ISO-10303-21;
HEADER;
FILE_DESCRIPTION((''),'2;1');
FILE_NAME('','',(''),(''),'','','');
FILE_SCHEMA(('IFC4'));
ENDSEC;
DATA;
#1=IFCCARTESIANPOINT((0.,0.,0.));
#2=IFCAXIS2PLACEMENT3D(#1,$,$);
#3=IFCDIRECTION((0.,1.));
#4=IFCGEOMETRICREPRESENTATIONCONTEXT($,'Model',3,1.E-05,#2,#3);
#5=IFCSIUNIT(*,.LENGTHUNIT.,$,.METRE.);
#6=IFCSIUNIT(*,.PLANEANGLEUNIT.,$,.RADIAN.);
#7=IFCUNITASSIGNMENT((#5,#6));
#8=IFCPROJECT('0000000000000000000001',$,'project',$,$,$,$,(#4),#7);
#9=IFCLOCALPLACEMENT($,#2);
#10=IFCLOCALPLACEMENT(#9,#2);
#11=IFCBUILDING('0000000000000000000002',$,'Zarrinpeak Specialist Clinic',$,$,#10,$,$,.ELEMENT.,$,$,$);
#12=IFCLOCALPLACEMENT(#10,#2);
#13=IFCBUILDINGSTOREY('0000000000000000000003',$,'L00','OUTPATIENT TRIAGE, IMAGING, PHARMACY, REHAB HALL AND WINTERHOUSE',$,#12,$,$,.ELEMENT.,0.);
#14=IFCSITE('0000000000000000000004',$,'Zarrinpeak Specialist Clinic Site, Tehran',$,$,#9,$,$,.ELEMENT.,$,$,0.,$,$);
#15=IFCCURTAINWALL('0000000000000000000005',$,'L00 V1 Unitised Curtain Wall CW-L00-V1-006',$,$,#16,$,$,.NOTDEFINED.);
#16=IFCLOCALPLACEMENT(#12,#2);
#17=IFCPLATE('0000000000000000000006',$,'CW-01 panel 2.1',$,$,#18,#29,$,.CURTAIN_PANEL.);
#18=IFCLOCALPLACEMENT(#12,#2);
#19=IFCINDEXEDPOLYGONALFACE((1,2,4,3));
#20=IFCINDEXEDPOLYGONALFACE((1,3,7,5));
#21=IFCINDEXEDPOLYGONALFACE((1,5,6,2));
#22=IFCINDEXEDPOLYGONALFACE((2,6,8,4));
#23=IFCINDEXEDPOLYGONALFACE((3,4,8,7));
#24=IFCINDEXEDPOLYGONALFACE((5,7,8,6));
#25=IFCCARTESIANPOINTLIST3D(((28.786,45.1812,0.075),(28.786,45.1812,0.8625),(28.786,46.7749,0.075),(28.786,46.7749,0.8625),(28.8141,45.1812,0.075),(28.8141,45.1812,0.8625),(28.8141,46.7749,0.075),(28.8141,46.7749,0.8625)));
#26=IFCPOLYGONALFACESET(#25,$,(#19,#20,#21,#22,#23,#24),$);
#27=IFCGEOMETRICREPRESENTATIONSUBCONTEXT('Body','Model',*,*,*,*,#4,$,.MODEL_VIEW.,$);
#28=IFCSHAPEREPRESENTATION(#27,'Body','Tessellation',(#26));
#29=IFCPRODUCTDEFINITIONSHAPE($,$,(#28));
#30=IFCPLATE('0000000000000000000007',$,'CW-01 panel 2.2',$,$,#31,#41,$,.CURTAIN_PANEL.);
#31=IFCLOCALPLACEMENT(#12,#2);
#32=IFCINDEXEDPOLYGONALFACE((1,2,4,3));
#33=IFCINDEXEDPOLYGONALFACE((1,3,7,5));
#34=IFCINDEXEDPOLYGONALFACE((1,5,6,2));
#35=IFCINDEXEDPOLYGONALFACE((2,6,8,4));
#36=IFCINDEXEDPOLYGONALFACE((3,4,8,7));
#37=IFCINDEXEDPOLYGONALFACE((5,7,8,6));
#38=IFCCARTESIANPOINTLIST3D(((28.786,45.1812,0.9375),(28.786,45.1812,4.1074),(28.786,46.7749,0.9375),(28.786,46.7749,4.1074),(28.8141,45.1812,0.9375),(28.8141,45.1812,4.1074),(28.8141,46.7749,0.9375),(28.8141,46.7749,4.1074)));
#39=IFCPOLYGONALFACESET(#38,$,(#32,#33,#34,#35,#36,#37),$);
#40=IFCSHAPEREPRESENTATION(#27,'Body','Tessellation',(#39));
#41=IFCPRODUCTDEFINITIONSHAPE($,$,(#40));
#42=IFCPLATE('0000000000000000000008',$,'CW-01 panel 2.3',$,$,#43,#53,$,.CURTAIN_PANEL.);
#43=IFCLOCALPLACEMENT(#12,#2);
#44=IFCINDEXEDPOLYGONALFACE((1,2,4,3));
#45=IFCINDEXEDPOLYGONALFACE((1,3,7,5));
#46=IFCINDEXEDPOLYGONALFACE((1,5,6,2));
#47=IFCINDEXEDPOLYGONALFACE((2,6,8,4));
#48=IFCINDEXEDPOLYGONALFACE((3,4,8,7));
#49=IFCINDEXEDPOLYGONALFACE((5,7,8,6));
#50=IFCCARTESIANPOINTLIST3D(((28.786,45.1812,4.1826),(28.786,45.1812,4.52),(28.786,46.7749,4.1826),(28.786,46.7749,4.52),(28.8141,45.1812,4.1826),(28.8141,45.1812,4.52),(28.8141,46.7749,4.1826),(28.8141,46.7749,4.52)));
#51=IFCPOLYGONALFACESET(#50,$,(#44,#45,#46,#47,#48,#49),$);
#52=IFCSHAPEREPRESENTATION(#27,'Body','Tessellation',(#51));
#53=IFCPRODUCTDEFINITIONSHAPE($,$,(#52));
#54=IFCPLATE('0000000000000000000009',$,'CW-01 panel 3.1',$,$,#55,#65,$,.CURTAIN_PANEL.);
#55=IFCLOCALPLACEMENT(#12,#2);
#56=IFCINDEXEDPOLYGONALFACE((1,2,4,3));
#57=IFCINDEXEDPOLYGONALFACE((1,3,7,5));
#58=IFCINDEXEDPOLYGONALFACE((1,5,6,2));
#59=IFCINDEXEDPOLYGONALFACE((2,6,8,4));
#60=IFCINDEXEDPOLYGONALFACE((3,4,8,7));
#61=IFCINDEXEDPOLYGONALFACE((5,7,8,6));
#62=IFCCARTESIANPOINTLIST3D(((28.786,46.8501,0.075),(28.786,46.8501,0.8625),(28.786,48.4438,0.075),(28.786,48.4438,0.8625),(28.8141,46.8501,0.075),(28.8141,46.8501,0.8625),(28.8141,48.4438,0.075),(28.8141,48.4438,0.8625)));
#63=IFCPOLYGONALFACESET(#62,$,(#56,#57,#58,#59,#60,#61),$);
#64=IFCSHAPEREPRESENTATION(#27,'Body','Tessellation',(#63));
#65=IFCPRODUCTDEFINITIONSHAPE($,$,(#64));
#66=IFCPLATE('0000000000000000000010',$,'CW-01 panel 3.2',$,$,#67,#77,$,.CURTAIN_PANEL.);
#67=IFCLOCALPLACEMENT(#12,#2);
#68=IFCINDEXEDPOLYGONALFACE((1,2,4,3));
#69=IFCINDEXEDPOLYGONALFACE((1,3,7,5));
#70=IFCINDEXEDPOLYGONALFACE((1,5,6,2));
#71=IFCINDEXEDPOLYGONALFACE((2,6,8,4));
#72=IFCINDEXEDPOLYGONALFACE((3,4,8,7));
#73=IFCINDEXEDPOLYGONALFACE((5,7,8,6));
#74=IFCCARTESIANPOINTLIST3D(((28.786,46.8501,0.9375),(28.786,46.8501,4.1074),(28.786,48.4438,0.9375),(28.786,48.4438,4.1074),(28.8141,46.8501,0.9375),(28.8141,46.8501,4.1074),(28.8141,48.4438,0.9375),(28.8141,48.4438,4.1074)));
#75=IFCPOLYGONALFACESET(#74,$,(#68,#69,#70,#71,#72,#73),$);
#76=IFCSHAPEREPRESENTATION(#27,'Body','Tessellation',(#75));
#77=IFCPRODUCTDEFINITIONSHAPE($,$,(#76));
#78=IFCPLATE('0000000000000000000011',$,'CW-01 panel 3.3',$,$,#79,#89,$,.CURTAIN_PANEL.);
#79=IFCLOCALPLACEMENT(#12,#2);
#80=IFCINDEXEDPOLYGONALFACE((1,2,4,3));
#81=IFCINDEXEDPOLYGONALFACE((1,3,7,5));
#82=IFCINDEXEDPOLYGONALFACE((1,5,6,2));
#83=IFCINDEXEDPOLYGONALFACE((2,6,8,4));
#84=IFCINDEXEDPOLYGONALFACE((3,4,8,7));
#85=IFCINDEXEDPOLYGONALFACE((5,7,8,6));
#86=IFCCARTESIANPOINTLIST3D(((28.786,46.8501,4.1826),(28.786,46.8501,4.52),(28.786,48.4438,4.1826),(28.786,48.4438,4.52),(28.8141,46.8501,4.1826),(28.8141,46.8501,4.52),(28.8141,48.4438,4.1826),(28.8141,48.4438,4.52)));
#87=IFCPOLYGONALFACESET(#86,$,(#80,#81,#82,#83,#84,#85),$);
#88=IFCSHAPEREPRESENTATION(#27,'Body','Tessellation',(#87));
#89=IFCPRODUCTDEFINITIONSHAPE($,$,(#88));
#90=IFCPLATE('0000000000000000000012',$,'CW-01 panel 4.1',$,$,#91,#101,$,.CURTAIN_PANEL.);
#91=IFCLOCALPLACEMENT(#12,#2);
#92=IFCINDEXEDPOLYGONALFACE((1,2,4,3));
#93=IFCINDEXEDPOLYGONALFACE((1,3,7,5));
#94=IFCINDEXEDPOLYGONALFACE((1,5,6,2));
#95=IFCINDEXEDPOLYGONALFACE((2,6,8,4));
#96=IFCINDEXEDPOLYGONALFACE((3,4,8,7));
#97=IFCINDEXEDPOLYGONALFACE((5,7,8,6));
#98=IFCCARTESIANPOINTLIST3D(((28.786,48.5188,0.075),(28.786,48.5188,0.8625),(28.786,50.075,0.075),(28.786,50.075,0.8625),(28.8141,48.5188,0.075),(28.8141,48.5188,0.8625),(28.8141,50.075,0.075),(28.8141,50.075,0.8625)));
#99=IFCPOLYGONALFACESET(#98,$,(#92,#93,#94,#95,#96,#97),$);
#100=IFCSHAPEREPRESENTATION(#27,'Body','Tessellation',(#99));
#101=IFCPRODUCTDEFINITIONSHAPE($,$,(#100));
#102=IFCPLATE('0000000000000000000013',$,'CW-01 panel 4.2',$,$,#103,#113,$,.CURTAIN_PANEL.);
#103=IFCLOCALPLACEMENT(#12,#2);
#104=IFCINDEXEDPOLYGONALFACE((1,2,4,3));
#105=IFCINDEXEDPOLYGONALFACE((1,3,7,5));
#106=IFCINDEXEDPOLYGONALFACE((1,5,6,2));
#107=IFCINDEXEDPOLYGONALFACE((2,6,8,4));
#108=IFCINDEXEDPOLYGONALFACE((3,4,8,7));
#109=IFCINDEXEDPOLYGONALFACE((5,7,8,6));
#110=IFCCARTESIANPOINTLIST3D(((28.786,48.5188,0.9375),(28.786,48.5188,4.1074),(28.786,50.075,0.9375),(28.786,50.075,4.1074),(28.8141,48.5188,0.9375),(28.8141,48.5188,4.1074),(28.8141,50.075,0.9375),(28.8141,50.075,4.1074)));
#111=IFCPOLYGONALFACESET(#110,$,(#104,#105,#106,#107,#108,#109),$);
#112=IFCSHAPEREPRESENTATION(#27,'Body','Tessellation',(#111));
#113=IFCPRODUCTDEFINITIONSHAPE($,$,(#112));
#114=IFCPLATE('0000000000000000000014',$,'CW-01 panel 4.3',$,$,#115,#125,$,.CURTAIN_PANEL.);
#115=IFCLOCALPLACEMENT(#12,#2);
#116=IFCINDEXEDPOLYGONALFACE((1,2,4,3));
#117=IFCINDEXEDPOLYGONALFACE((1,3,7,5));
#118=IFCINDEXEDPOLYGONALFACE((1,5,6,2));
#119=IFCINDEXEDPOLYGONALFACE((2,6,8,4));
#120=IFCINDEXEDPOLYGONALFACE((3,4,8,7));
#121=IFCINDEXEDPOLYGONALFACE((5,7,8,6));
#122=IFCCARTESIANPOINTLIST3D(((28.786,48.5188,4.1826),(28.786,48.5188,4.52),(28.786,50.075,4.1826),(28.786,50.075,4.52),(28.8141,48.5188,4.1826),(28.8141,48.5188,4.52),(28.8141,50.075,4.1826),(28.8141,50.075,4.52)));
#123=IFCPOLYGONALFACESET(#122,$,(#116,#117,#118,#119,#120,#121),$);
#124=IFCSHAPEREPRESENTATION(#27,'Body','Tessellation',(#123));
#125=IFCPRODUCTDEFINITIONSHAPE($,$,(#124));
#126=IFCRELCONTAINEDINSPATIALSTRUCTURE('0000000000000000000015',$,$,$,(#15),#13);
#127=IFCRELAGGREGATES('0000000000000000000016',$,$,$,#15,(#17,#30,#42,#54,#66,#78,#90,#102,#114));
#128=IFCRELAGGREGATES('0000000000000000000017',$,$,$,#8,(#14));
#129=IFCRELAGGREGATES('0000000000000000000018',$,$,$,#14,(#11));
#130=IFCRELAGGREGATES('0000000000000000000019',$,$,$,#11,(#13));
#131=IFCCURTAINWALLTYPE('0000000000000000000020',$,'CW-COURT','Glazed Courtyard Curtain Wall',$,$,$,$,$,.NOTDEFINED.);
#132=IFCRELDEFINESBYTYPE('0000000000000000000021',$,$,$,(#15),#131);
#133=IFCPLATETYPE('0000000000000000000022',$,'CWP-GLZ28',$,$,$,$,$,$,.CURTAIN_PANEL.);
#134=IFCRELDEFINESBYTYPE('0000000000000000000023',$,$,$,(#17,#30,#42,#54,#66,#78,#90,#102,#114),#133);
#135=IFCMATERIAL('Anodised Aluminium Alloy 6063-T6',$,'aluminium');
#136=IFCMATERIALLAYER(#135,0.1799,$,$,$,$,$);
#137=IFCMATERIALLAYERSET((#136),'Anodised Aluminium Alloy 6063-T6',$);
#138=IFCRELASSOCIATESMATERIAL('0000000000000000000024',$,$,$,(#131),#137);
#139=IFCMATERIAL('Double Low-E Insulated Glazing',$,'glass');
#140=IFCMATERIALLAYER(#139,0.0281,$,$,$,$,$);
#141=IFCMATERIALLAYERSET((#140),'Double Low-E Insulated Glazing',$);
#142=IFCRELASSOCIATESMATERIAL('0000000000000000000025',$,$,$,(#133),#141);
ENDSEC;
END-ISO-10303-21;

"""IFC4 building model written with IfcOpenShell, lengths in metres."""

from ifc_helpers import new_model, si_unit, direction, frame, origin, origin_2d, place, context, subcontext, project, spatial, rectangle, extrude, material, layer, layer_set, type_object, element, aggregate, save


model = new_model("IFC4")

# Units and contexts
model_context = context("Model", 3, precision=1e-05, world=origin(), true_north=direction((0.0, 1.0)))
body_context = subcontext(model_context, "Body", "Model", "MODEL_VIEW")
ifc_project = project(units=[si_unit("LENGTHUNIT", "METRE"), si_unit("PLANEANGLEUNIT", "RADIAN")], contexts=[model_context])

# Site, building, storey
site_placement = place(None, origin())
site = spatial("IfcSite", under=ifc_project, at=site_placement, Name="Zarrinpeak Specialist Clinic Site, Tehran", CompositionType="ELEMENT", RefElevation=0.0)
building_placement = place(site_placement, origin())
building = spatial("IfcBuilding", under=site, at=building_placement, Name="Zarrinpeak Specialist Clinic", CompositionType="ELEMENT")
storey_placement = place(building_placement, origin())
storey = spatial("IfcBuildingStorey", under=building, at=storey_placement, Name="L00", Description="OUTPATIENT TRIAGE, IMAGING, PHARMACY, REHAB HALL AND WINTERHOUSE", CompositionType="ELEMENT", Elevation=0.0)

# Curtain wall, plates
ifc_material_1 = material(Name="Anodised Aluminium Alloy 6063-T6", Category="aluminium")
ifc_layer_1 = layer(ifc_material_1, 0.1799)
ifc_layer_set_1 = layer_set([ifc_layer_1], Name="Anodised Aluminium Alloy 6063-T6")
curtain_wall_type = type_object("IfcCurtainWallType", Name="CW-COURT", Description="Glazed Courtyard Curtain Wall", PredefinedType="NOTDEFINED", material=ifc_layer_set_1)
curtain_wall_placement = place(storey_placement, origin())
curtain_wall = element("IfcCurtainWall", 1, at=curtain_wall_placement, inside=storey, type_object=curtain_wall_type, Name="L00 V1 Unitised Curtain Wall CW-L00-V1-006", PredefinedType="NOTDEFINED")
ifc_material_2 = material(Name="Double Low-E Insulated Glazing", Category="glass")
ifc_layer_2 = layer(ifc_material_2, 0.0281)
ifc_layer_set_2 = layer_set([ifc_layer_2], Name="Double Low-E Insulated Glazing")
plate_type = type_object("IfcPlateType", Name="CWP-GLZ28", PredefinedType="CURTAIN_PANEL", material=ifc_layer_set_2)
plate_1_placement = place(storey_placement, frame((28.8, 45.978, 0.075), z_axis=(0.0, 0.0, 1.0), x_axis=(0.0, 1.0, 0.0)))
plate_1 = element("IfcPlate", 2, at=plate_1_placement, type_object=plate_type, Name="CW-01 panel 2.1", PredefinedType="CURTAIN_PANEL", context=body_context, shape_type="SweptSolid", body=[
    extrude(rectangle(XDim=1.5938, YDim=0.0281, at=origin_2d()), origin(), (0.0, 0.0, 1.0), 0.7876),
])
plate_2_placement = place(storey_placement, frame((28.8, 45.978, 0.9375), z_axis=(0.0, 0.0, 1.0), x_axis=(0.0, 1.0, 0.0)))
plate_2 = element("IfcPlate", 3, at=plate_2_placement, type_object=plate_type, Name="CW-01 panel 2.2", PredefinedType="CURTAIN_PANEL", context=body_context, shape_type="SweptSolid", body=[
    extrude(rectangle(XDim=1.5938, YDim=0.0281, at=origin_2d()), origin(), (0.0, 0.0, 1.0), 3.1699),
])
plate_3_placement = place(storey_placement, frame((28.8, 45.978, 4.1826), z_axis=(0.0, 0.0, 1.0), x_axis=(0.0, 1.0, 0.0)))
plate_3 = element("IfcPlate", 4, at=plate_3_placement, type_object=plate_type, Name="CW-01 panel 2.3", PredefinedType="CURTAIN_PANEL", context=body_context, shape_type="SweptSolid", body=[
    extrude(rectangle(XDim=1.5938, YDim=0.0281, at=origin_2d()), origin(), (0.0, 0.0, 1.0), 0.3374),
])
plate_4_placement = place(storey_placement, frame((28.8, 47.647, 0.075), z_axis=(0.0, 0.0, 1.0), x_axis=(0.0, 1.0, 0.0)))
plate_4 = element("IfcPlate", 5, at=plate_4_placement, type_object=plate_type, Name="CW-01 panel 3.1", PredefinedType="CURTAIN_PANEL", context=body_context, shape_type="SweptSolid", body=[
    extrude(rectangle(XDim=1.5938, YDim=0.0281, at=origin_2d()), origin(), (0.0, 0.0, 1.0), 0.7876),
])
plate_5_placement = place(storey_placement, frame((28.8, 47.647, 0.9375), z_axis=(0.0, 0.0, 1.0), x_axis=(0.0, 1.0, 0.0)))
plate_5 = element("IfcPlate", 6, at=plate_5_placement, type_object=plate_type, Name="CW-01 panel 3.2", PredefinedType="CURTAIN_PANEL", context=body_context, shape_type="SweptSolid", body=[
    extrude(rectangle(XDim=1.5938, YDim=0.0281, at=origin_2d()), origin(), (0.0, 0.0, 1.0), 3.1699),
])
plate_6_placement = place(storey_placement, frame((28.8, 47.647, 4.1826), z_axis=(0.0, 0.0, 1.0), x_axis=(0.0, 1.0, 0.0)))
plate_6 = element("IfcPlate", 7, at=plate_6_placement, type_object=plate_type, Name="CW-01 panel 3.3", PredefinedType="CURTAIN_PANEL", context=body_context, shape_type="SweptSolid", body=[
    extrude(rectangle(XDim=1.5938, YDim=0.0281, at=origin_2d()), origin(), (0.0, 0.0, 1.0), 0.3374),
])
plate_7_placement = place(storey_placement, frame((28.8, 49.2969, 0.075), z_axis=(0.0, 0.0, 1.0), x_axis=(0.0, 1.0, 0.0)))
plate_7 = element("IfcPlate", 8, at=plate_7_placement, type_object=plate_type, Name="CW-01 panel 4.1", PredefinedType="CURTAIN_PANEL", context=body_context, shape_type="SweptSolid", body=[
    extrude(rectangle(XDim=1.5562, YDim=0.0281, at=origin_2d()), origin(), (0.0, 0.0, 1.0), 0.7876),
])
plate_8_placement = place(storey_placement, frame((28.8, 49.2969, 0.9375), z_axis=(0.0, 0.0, 1.0), x_axis=(0.0, 1.0, 0.0)))
plate_8 = element("IfcPlate", 9, at=plate_8_placement, type_object=plate_type, Name="CW-01 panel 4.2", PredefinedType="CURTAIN_PANEL", context=body_context, shape_type="SweptSolid", body=[
    extrude(rectangle(XDim=1.5562, YDim=0.0281, at=origin_2d()), origin(), (0.0, 0.0, 1.0), 3.1699),
])
plate_9_placement = place(storey_placement, frame((28.8, 49.2969, 4.1826), z_axis=(0.0, 0.0, 1.0), x_axis=(0.0, 1.0, 0.0)))
plate_9 = element("IfcPlate", 10, at=plate_9_placement, type_object=plate_type, Name="CW-01 panel 4.3", PredefinedType="CURTAIN_PANEL", context=body_context, shape_type="SweptSolid", body=[
    extrude(rectangle(XDim=1.5562, YDim=0.0281, at=origin_2d()), origin(), (0.0, 0.0, 1.0), 0.3374),
])
aggregate(curtain_wall, [plate_1, plate_2, plate_3, plate_4, plate_5, plate_6, plate_7, plate_8, plate_9])

save(model, "model.ifc")
